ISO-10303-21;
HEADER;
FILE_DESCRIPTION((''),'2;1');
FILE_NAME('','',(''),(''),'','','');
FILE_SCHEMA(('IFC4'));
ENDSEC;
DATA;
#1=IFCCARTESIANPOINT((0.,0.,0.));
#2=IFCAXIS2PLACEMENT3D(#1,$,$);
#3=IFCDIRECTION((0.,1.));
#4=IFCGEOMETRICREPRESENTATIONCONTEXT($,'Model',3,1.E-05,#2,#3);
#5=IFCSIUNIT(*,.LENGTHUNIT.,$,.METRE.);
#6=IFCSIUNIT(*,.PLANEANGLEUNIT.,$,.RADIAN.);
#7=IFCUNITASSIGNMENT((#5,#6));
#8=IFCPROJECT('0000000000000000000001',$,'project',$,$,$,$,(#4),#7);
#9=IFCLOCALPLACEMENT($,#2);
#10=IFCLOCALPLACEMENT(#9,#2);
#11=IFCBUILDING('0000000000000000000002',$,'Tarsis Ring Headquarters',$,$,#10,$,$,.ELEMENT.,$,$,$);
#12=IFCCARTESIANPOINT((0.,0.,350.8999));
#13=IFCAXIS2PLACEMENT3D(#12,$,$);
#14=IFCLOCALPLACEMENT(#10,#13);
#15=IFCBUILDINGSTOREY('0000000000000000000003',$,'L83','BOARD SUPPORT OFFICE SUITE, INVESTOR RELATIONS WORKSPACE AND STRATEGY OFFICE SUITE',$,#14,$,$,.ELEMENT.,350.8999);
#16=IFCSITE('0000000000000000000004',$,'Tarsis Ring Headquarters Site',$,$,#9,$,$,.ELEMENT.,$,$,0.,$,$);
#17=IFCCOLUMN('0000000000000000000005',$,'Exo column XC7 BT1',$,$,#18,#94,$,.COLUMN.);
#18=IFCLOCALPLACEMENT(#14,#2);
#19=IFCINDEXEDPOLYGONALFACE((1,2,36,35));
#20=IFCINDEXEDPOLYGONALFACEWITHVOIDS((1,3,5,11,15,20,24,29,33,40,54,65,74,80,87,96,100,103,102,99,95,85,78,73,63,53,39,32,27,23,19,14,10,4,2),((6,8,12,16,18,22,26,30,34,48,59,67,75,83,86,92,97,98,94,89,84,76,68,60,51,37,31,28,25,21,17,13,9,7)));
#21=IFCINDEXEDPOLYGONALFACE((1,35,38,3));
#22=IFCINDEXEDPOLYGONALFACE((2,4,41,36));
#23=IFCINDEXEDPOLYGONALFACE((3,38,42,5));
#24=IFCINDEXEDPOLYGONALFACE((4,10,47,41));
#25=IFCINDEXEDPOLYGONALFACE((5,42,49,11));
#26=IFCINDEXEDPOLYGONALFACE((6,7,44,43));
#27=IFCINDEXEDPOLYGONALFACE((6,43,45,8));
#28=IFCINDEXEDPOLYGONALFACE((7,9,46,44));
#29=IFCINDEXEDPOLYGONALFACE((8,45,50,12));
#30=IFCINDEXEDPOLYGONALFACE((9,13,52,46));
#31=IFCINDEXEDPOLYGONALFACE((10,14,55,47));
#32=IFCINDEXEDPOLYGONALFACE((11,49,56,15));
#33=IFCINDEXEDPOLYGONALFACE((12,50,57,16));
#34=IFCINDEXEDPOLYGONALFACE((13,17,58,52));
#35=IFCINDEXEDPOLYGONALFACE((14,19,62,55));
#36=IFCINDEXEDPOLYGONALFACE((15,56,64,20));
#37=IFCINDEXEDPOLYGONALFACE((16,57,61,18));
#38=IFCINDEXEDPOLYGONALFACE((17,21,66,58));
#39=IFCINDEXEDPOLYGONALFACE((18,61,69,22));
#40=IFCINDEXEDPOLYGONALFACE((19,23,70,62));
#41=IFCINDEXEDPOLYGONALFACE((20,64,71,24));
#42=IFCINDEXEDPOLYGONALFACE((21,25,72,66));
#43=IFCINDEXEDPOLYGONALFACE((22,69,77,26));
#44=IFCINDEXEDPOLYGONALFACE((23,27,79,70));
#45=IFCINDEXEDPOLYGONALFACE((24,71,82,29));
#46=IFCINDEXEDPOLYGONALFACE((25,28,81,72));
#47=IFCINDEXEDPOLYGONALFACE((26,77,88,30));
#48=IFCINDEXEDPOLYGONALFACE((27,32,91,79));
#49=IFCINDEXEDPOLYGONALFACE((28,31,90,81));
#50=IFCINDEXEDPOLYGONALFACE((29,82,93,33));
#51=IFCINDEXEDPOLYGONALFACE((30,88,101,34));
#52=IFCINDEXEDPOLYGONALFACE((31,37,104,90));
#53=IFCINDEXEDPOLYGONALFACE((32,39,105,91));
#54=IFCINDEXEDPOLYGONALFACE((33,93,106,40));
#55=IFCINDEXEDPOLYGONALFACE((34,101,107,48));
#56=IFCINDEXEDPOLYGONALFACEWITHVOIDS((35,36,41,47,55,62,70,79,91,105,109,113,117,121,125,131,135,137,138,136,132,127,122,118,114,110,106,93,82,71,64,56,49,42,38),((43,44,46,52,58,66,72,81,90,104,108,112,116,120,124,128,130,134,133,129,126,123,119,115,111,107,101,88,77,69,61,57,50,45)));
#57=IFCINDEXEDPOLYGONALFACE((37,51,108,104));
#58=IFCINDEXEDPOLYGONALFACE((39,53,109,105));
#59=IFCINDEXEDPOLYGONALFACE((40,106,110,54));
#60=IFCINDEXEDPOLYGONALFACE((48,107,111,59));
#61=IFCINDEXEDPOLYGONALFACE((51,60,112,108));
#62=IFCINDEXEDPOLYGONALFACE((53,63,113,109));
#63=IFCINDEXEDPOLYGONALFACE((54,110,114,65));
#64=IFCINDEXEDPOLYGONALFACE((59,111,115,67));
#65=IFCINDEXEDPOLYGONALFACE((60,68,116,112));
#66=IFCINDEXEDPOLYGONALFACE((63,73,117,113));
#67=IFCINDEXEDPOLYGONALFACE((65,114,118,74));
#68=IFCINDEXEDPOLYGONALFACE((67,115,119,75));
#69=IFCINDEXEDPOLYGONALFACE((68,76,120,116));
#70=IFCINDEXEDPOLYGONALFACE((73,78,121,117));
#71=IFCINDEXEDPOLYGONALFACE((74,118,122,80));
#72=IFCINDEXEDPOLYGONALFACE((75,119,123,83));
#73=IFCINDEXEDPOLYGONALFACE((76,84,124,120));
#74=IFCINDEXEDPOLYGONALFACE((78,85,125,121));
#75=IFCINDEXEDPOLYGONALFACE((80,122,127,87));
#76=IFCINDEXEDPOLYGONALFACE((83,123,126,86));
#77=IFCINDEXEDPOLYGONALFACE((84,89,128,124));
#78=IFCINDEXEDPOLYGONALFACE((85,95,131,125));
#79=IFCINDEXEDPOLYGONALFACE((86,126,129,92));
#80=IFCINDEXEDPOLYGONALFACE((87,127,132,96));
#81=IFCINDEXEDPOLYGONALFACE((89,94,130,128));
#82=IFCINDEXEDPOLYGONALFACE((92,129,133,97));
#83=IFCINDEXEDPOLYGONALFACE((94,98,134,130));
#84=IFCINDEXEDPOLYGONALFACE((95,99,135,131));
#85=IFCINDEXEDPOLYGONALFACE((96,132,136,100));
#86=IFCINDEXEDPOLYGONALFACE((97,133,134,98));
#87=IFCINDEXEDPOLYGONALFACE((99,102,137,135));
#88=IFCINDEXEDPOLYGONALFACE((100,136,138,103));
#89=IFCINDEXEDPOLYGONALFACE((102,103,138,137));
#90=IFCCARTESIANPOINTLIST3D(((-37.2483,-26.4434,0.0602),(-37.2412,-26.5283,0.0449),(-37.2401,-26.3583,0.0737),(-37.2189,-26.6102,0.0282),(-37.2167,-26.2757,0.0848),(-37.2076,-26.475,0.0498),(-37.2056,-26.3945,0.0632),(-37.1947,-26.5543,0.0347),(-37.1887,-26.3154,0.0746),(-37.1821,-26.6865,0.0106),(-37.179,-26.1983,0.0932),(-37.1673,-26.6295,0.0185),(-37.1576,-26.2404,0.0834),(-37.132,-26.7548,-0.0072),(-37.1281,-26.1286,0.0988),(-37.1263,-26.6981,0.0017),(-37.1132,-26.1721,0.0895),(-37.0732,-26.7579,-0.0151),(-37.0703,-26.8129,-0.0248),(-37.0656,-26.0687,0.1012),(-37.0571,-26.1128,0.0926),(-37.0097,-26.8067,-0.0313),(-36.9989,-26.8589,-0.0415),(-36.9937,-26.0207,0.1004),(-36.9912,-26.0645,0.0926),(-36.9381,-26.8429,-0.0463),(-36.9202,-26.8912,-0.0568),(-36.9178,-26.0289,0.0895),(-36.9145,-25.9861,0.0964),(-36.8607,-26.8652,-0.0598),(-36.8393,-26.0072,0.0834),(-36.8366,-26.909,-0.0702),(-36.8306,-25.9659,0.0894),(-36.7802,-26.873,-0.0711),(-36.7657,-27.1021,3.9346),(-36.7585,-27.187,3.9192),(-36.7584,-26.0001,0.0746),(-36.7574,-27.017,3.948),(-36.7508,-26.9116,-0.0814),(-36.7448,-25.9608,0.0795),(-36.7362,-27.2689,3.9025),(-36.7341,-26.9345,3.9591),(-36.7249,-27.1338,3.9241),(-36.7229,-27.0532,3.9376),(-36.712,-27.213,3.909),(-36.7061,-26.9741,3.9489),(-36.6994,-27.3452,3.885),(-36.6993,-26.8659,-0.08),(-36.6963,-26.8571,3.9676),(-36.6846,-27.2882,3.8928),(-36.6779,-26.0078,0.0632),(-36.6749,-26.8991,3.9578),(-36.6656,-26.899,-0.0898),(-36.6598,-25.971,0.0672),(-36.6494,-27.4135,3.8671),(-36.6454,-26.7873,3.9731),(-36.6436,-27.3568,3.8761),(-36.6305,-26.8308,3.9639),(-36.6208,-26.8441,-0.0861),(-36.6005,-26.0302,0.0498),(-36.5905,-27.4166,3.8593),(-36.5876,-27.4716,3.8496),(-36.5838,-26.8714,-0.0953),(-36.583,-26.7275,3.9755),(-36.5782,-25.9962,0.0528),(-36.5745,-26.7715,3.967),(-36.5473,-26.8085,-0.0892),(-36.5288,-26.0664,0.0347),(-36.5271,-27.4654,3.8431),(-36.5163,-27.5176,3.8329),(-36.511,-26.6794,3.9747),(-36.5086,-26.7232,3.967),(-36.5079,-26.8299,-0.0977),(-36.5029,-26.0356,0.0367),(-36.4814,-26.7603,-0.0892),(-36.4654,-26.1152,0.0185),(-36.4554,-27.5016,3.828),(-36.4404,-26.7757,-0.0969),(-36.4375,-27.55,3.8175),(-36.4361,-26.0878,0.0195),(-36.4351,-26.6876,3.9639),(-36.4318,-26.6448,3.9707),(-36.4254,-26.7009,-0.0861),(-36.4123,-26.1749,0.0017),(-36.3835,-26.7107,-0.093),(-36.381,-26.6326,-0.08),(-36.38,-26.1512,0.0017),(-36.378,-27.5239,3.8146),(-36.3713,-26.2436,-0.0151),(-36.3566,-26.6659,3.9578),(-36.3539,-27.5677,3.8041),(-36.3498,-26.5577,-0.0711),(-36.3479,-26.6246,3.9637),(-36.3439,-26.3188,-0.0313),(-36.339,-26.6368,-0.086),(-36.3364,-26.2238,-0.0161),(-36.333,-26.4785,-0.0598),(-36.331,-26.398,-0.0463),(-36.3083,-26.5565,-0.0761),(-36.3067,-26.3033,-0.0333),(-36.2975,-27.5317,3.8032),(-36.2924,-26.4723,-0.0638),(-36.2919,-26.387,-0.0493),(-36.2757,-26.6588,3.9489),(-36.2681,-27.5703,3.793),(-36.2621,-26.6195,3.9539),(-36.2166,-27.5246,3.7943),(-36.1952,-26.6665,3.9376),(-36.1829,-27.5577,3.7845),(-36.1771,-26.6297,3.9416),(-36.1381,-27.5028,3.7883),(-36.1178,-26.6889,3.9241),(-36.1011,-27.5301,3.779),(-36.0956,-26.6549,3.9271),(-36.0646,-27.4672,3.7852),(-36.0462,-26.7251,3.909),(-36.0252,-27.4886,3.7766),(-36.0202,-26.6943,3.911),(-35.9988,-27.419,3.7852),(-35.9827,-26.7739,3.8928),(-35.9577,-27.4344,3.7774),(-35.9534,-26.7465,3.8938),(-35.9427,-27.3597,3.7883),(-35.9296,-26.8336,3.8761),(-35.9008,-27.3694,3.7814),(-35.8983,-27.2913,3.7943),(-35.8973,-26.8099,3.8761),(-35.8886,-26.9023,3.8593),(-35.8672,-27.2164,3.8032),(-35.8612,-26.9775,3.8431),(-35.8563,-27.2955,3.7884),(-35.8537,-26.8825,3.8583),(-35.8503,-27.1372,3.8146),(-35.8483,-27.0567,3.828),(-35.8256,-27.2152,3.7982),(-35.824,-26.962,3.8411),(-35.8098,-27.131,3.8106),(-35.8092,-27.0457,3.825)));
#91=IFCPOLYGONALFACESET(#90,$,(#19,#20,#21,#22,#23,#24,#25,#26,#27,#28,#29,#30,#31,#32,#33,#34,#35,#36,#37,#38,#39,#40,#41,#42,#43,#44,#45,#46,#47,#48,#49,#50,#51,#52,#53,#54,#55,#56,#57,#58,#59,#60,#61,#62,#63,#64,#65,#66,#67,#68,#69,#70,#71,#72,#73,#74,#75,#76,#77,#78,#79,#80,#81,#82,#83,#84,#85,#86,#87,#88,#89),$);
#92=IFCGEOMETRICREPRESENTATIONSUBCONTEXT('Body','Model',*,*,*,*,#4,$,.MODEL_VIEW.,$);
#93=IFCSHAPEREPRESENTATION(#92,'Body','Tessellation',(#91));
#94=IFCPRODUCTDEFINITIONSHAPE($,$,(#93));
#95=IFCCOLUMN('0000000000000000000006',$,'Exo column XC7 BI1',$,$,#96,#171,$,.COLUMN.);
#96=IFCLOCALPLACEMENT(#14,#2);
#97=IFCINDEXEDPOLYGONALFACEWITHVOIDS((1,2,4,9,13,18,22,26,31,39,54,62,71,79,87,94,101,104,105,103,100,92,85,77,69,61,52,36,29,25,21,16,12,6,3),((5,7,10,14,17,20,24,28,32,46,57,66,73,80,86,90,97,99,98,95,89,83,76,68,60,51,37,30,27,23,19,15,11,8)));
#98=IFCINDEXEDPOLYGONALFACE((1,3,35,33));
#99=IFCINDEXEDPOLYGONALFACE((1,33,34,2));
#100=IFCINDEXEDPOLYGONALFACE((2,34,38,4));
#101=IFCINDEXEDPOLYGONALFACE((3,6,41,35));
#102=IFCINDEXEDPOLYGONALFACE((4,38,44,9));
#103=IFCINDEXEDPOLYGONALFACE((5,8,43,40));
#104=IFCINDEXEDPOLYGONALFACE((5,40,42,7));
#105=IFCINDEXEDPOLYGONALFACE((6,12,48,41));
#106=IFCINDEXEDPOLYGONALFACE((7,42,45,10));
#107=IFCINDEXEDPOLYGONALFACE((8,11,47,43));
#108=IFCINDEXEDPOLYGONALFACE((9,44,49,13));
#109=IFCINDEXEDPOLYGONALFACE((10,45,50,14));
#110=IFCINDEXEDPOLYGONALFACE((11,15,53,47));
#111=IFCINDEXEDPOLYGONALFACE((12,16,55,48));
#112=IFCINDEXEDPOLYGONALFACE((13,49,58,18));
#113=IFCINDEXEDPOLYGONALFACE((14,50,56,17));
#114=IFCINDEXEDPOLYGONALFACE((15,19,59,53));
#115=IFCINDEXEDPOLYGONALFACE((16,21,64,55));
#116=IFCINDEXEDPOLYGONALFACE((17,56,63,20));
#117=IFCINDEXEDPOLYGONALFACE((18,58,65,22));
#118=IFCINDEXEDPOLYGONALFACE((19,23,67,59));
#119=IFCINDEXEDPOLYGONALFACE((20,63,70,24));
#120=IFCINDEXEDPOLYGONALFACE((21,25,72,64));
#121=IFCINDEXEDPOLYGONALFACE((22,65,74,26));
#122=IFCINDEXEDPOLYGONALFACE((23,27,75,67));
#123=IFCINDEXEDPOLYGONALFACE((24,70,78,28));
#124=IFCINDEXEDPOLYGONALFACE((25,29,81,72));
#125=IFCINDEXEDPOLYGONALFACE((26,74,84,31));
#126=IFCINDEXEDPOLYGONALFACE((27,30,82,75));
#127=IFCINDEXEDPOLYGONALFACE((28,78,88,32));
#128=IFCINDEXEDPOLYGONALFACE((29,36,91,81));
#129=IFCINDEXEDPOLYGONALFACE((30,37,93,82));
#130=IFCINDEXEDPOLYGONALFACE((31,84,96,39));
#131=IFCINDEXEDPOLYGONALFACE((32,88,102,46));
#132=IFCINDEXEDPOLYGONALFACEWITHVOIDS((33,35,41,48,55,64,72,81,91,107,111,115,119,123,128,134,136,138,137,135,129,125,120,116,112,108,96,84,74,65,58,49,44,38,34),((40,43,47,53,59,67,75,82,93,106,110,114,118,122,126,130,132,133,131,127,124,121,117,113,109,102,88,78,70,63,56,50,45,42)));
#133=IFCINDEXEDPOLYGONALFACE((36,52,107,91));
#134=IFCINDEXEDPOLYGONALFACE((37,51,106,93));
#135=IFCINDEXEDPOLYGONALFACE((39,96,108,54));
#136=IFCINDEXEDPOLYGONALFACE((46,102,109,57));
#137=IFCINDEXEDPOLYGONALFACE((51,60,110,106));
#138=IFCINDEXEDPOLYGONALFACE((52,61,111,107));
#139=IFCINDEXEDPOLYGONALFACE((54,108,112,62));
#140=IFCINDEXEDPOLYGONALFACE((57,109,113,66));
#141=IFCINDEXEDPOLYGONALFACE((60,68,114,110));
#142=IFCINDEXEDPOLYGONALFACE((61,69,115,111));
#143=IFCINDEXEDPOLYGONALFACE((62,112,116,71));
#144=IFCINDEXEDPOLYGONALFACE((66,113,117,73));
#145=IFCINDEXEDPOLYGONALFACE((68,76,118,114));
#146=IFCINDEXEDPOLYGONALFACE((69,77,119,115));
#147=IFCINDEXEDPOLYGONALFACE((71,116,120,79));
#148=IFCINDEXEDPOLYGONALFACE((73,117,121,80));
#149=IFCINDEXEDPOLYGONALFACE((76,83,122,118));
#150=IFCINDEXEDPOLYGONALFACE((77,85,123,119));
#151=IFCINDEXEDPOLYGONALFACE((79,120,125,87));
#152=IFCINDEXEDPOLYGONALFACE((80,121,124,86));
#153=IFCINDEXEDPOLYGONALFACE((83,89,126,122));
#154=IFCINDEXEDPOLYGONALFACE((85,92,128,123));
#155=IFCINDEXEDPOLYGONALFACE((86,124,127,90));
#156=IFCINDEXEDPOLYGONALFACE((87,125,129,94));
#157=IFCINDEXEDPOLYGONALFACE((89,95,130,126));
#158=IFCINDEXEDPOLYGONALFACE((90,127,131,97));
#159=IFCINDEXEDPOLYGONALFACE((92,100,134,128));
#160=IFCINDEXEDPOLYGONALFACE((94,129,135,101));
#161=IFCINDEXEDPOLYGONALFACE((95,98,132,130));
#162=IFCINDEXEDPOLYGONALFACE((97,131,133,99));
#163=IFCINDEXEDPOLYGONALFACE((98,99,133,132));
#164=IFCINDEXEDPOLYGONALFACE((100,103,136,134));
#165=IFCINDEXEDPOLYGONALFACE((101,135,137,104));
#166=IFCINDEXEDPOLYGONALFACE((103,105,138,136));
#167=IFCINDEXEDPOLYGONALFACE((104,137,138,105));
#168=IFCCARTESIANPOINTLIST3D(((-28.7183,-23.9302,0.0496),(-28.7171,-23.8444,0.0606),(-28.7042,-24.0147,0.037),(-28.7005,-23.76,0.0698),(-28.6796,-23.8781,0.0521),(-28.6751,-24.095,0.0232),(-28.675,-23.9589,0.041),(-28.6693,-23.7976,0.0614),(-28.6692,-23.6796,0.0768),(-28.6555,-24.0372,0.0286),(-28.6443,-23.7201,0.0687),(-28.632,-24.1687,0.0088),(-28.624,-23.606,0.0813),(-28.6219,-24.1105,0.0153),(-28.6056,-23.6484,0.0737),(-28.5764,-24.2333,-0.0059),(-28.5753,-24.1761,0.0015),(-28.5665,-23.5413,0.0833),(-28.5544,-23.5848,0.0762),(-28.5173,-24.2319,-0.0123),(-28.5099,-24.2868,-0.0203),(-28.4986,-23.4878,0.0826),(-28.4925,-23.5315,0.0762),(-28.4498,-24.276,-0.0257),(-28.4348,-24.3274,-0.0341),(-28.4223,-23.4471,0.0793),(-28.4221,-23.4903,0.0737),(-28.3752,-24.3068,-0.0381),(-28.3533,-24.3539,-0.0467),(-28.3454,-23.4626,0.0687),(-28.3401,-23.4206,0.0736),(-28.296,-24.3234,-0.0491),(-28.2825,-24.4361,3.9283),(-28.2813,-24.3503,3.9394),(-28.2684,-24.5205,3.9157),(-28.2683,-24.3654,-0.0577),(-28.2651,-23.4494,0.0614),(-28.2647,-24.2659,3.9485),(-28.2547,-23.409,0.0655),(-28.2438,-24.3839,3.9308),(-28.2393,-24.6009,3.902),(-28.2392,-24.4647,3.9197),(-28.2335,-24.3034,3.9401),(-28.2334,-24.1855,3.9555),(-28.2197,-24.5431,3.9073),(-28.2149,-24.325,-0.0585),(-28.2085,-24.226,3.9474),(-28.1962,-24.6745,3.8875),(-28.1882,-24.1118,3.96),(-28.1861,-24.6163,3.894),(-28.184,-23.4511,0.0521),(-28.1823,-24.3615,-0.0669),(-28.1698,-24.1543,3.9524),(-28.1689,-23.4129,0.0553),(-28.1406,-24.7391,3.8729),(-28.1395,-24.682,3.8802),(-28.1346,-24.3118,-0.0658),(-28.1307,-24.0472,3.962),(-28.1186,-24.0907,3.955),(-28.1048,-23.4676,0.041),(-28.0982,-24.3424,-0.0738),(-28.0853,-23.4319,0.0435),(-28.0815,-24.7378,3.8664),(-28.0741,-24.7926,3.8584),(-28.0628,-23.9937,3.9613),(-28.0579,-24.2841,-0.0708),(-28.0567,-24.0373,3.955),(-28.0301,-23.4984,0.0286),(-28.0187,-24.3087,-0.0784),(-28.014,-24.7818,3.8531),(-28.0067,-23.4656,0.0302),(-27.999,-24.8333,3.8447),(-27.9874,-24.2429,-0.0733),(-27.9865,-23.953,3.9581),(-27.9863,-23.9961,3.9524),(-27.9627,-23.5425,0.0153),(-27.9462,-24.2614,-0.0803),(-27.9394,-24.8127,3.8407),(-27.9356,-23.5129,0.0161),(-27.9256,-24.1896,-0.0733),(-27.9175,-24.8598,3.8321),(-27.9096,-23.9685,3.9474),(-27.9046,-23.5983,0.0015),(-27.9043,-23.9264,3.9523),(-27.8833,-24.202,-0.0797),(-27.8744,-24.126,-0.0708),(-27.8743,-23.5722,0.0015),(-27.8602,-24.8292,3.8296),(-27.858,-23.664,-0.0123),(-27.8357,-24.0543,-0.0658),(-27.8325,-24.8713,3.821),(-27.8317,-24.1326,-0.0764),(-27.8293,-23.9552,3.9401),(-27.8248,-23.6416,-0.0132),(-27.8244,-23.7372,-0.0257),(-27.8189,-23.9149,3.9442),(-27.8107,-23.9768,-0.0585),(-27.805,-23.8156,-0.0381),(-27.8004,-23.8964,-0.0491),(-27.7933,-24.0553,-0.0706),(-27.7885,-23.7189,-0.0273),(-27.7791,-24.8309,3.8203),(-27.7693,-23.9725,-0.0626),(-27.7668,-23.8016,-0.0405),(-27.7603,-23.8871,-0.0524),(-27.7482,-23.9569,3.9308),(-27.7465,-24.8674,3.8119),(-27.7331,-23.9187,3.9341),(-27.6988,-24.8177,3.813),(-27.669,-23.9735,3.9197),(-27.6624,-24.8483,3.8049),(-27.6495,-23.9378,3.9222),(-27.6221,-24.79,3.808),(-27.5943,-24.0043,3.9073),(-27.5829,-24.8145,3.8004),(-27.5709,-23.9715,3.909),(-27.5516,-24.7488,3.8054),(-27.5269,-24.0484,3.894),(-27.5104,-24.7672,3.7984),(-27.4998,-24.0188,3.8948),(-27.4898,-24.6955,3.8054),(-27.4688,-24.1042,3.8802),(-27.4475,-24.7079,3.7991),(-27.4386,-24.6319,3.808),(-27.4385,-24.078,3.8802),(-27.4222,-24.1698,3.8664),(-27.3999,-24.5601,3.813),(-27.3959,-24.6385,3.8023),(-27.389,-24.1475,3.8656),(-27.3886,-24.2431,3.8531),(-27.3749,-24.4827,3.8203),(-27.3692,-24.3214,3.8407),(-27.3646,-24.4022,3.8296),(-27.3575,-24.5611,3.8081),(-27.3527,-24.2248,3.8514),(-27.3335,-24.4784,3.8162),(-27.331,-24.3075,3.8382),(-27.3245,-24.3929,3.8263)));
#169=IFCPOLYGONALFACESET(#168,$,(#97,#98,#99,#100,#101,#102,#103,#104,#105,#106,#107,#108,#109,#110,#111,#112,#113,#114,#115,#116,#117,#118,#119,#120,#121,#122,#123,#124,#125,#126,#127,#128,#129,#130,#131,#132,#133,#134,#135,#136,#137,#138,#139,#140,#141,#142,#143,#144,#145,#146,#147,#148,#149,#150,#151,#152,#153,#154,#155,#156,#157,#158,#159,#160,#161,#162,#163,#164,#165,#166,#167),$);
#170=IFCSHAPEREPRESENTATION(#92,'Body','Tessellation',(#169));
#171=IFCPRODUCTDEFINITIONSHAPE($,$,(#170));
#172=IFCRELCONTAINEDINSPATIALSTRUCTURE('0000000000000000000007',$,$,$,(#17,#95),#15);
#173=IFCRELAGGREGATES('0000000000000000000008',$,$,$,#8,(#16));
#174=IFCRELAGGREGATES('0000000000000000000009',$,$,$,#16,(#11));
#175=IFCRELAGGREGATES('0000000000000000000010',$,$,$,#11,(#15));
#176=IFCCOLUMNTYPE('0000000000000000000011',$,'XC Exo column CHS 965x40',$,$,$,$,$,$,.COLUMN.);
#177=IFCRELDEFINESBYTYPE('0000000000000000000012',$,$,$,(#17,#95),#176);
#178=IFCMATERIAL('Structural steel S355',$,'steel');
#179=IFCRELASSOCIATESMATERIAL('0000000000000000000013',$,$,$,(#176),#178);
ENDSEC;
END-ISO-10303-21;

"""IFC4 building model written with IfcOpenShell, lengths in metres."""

from ifc_helpers import new_model, si_unit, direction, frame, origin, origin_2d, place, context, subcontext, project, spatial, hollow_circle, extrude, material, material_profile, profile_set, type_object, element, save


model = new_model("IFC4")

# Units and contexts
model_context = context("Model", 3, precision=1e-05, world=origin(), true_north=direction((0.0, 1.0)))
body_context = subcontext(model_context, "Body", "Model", "MODEL_VIEW")
ifc_project = project(units=[si_unit("LENGTHUNIT", "METRE"), si_unit("PLANEANGLEUNIT", "RADIAN")], contexts=[model_context])

# Site, building, storey
site_placement = place(None, origin())
site = spatial("IfcSite", under=ifc_project, at=site_placement, Name="Tarsis Ring Headquarters Site", CompositionType="ELEMENT", RefElevation=0.0)
building_placement = place(site_placement, origin())
building = spatial("IfcBuilding", under=site, at=building_placement, Name="Tarsis Ring Headquarters", CompositionType="ELEMENT")
storey_placement = place(building_placement, frame((0.0, 0.0, 350.8999)))
storey = spatial("IfcBuildingStorey", under=building, at=storey_placement, Name="L83", Description="BOARD SUPPORT OFFICE SUITE, INVESTOR RELATIONS WORKSPACE AND STRATEGY OFFICE SUITE", CompositionType="ELEMENT", Elevation=350.8999)

# Columns
ifc_material_1 = material(Name="Structural steel S355", Category="steel")
ifc_material_profile_1 = material_profile(ifc_material_1, hollow_circle(Radius=0.4827, WallThickness=0.04, at=origin_2d()), Name="CHS 965x40")
ifc_profile_set_1 = profile_set([ifc_material_profile_1], Name="Structural steel S355")
column_type = type_object("IfcColumnType", Name="XC Exo column CHS 965x40", PredefinedType="COLUMN", material=ifc_profile_set_1)
column_1_placement = place(storey_placement, frame((-36.7693, -26.4365, 0.0017), z_axis=(0.121904, -0.166362, 0.9785), x_axis=(0.806624, 0.591066, 0.0)))
element("IfcColumn", 1, at=column_1_placement, inside=storey, type_object=column_type, Name="Exo column XC7 BT1", PredefinedType="COLUMN", context=body_context, shape_type="SweptSolid", body=[
    extrude(hollow_circle(Radius=0.4827, WallThickness=0.04, at=origin_2d()), origin(), (0.0, 0.0, 1.0), 3.9595),
])
column_2_placement = place(storey_placement, frame((-28.24, -23.8872, 0.0015), z_axis=(0.110727, -0.128531, 0.985505), x_axis=(0.757628, 0.652686, 0.0)))
element("IfcColumn", 2, at=column_2_placement, inside=storey, type_object=column_type, Name="Exo column XC7 BI1", PredefinedType="COLUMN", context=body_context, shape_type="SweptSolid", body=[
    extrude(hollow_circle(Radius=0.4827, WallThickness=0.04, at=origin_2d()), origin(), (0.0, 0.0, 1.0), 3.9358),
])

save(model, "model.ifc")
